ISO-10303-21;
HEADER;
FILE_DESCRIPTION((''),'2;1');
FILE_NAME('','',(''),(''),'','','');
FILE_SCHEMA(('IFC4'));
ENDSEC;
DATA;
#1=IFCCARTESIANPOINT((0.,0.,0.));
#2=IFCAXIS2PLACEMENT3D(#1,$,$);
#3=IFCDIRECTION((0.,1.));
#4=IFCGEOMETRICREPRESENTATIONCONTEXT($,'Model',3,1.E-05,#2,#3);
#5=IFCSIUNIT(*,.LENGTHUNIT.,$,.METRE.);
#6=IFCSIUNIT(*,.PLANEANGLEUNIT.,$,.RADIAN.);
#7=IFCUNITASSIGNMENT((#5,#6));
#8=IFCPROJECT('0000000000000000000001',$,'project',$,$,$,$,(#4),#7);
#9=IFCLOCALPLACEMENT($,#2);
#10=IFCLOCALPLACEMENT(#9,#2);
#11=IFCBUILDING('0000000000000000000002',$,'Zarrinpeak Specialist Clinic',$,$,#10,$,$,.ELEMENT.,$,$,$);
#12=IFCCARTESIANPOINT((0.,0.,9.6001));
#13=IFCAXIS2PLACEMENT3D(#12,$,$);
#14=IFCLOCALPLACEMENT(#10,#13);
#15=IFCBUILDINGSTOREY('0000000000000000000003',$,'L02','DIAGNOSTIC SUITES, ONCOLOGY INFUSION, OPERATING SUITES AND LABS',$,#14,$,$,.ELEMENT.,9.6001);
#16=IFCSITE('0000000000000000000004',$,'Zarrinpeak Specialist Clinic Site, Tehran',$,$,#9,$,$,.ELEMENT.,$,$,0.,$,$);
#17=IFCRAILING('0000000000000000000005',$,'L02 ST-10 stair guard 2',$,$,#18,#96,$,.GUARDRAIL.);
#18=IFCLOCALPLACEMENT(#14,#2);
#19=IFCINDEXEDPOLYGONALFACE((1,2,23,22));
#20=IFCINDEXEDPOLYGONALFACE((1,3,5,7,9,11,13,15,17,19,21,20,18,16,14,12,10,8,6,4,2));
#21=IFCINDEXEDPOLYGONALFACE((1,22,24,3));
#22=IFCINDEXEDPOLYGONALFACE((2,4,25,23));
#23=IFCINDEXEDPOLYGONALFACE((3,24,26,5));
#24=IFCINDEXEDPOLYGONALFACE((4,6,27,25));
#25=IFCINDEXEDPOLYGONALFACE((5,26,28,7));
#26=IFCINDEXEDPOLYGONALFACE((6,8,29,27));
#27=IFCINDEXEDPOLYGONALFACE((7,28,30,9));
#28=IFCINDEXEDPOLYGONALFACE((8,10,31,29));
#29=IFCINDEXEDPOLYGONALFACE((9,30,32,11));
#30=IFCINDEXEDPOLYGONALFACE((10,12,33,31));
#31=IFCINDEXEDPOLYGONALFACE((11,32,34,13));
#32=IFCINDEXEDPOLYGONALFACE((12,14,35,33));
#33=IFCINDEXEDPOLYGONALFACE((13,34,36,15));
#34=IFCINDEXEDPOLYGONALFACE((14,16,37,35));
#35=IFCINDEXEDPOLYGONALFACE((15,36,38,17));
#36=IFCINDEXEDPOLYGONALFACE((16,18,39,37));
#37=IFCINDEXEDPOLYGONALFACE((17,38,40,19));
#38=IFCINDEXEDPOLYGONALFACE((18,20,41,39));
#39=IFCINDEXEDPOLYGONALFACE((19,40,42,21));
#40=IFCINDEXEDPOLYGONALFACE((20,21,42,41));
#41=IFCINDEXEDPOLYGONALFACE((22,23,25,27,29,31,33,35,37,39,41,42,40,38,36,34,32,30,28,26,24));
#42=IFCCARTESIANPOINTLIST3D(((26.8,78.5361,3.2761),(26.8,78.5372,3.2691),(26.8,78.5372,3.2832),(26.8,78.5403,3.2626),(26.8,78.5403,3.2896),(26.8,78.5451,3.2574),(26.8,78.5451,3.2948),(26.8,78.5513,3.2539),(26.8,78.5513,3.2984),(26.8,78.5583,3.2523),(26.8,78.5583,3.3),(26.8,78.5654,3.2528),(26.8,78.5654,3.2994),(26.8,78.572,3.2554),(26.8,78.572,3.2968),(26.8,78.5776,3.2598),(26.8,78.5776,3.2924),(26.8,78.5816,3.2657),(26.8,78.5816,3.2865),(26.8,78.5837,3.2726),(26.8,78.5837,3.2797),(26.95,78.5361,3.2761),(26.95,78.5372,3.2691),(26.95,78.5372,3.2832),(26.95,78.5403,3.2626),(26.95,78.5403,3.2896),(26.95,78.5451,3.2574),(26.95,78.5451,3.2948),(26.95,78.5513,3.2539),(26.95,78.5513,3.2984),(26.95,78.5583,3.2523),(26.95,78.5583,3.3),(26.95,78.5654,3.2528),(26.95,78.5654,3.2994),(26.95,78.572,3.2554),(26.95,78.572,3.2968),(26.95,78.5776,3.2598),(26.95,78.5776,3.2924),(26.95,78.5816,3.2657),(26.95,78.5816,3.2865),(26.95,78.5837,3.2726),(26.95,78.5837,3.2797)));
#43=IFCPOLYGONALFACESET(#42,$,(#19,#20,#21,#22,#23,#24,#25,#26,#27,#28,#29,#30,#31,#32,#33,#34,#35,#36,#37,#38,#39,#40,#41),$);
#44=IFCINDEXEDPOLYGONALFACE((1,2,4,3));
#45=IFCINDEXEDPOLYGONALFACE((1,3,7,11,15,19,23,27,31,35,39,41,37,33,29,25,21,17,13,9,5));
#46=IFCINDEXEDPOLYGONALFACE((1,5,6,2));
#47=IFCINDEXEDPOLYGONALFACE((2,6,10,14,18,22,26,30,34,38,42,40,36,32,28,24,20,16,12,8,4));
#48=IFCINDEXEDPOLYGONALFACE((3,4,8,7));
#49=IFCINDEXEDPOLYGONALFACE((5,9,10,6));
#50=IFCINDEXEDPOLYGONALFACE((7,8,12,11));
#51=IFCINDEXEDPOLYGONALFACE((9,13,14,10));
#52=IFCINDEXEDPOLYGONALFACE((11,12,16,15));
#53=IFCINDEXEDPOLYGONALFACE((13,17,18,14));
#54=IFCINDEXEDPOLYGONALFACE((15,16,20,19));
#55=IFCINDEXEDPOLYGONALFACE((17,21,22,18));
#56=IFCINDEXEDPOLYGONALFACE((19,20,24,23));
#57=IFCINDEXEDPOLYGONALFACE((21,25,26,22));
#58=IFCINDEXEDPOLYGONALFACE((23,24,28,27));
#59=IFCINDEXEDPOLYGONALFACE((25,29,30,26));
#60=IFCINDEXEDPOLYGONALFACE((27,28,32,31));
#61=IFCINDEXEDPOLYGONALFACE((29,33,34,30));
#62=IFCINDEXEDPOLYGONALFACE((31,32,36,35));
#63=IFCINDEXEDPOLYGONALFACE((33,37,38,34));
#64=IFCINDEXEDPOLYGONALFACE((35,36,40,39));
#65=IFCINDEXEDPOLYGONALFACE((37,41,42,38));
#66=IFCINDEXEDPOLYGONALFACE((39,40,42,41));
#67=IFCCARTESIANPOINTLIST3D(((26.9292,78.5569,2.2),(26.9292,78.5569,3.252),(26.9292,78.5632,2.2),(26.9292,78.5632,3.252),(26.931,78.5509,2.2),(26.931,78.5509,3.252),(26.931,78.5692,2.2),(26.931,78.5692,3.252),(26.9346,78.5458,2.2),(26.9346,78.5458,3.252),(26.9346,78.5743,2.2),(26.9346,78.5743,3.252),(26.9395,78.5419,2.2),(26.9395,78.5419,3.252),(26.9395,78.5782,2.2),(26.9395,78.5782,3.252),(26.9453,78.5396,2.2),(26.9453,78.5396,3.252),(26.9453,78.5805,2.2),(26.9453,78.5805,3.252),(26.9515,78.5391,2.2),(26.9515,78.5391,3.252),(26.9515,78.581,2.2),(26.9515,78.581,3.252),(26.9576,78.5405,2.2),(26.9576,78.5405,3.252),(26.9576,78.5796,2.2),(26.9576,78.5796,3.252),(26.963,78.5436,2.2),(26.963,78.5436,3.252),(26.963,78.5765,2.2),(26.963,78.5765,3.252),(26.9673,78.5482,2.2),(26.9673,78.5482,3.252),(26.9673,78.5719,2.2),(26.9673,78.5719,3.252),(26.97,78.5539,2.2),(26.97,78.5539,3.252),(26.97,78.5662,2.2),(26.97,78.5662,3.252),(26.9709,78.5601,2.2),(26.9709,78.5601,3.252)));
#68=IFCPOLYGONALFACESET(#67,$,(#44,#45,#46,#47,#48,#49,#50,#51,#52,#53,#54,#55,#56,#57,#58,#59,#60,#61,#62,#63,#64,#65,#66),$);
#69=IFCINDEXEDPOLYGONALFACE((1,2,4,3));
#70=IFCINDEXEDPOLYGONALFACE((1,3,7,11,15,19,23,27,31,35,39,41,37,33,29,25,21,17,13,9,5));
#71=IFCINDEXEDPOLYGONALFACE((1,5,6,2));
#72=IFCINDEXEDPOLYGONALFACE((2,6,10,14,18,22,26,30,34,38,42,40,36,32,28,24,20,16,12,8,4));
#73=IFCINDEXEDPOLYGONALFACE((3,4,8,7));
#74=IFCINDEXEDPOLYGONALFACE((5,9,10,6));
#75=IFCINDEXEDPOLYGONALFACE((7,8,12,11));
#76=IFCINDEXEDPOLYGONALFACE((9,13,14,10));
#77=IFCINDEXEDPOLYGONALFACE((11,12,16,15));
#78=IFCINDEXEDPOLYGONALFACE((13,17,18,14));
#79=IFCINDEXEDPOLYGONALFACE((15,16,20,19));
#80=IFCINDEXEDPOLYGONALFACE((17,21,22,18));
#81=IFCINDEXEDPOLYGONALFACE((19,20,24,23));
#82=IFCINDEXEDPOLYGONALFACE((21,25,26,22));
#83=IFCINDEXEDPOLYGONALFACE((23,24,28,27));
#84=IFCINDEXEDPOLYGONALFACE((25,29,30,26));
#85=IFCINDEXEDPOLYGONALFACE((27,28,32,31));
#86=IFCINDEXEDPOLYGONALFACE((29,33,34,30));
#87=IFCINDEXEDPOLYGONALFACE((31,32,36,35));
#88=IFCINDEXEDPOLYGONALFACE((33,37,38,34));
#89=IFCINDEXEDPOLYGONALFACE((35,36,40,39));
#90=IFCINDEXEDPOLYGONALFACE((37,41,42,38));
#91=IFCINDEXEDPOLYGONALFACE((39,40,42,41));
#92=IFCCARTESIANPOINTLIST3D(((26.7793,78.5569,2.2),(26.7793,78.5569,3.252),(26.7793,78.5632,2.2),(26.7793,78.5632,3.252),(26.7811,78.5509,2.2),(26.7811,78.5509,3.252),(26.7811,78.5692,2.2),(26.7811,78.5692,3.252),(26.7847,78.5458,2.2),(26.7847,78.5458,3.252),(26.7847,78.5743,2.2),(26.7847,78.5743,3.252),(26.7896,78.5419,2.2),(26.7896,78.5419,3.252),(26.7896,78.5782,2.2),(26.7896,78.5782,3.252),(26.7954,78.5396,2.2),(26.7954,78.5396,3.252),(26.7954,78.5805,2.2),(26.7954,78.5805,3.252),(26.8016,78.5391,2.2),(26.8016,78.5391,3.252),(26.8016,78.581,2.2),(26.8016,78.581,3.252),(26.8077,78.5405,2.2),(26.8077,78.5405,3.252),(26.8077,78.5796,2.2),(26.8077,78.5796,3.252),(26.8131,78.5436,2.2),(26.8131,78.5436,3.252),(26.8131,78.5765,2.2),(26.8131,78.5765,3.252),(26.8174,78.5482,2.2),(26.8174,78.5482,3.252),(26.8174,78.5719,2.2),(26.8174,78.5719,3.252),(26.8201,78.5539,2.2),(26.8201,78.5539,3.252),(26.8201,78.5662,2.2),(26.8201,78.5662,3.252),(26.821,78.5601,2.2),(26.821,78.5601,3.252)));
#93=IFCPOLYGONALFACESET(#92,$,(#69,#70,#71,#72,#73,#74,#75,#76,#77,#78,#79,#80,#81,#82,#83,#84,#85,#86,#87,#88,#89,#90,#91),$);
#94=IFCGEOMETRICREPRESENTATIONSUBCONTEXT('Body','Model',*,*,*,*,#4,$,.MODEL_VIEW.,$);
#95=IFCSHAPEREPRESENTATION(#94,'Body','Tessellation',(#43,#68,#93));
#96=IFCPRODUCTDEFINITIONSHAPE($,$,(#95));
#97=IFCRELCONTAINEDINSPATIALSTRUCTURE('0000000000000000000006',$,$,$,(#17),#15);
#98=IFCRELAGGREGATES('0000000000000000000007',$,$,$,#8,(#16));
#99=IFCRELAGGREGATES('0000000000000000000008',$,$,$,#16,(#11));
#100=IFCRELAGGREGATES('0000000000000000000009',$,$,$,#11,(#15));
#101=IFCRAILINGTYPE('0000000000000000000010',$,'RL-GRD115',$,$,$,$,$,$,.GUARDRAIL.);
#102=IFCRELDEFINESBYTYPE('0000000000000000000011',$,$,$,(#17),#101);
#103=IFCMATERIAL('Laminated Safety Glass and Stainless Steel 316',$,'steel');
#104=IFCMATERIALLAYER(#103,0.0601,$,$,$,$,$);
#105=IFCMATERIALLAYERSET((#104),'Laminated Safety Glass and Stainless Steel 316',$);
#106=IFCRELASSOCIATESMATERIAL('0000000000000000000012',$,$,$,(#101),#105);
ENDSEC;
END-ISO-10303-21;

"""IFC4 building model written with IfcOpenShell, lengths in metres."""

from ifc_helpers import new_model, si_unit, direction, frame, origin, origin_2d, place, context, subcontext, project, spatial, circle, extrude, material, layer, layer_set, type_object, element, save


model = new_model("IFC4")

# Units and contexts
model_context = context("Model", 3, precision=1e-05, world=origin(), true_north=direction((0.0, 1.0)))
body_context = subcontext(model_context, "Body", "Model", "MODEL_VIEW")
ifc_project = project(units=[si_unit("LENGTHUNIT", "METRE"), si_unit("PLANEANGLEUNIT", "RADIAN")], contexts=[model_context])

# Site, building, storey
site_placement = place(None, origin())
site = spatial("IfcSite", under=ifc_project, at=site_placement, Name="Zarrinpeak Specialist Clinic Site, Tehran", CompositionType="ELEMENT", RefElevation=0.0)
building_placement = place(site_placement, origin())
building = spatial("IfcBuilding", under=site, at=building_placement, Name="Zarrinpeak Specialist Clinic", CompositionType="ELEMENT")
storey_placement = place(building_placement, frame((0.0, 0.0, 9.6001)))
storey = spatial("IfcBuildingStorey", under=building, at=storey_placement, Name="L02", Description="DIAGNOSTIC SUITES, ONCOLOGY INFUSION, OPERATING SUITES AND LABS", CompositionType="ELEMENT", Elevation=9.6001)

# Railing
ifc_material_1 = material(Name="Laminated Safety Glass and Stainless Steel 316", Category="steel")
ifc_layer_1 = layer(ifc_material_1, 0.0601)
ifc_layer_set_1 = layer_set([ifc_layer_1], Name="Laminated Safety Glass and Stainless Steel 316")
railing_type_1 = type_object("IfcRailingType", Name="RL-GRD115", PredefinedType="GUARDRAIL", material=ifc_layer_set_1)
railing_1_placement = place(storey_placement, frame((26.95, 78.5601, 2.2)))
element("IfcRailing", 1, at=railing_1_placement, inside=storey, type_object=railing_type_1, Name="L02 ST-10 stair guard 2", PredefinedType="GUARDRAIL", context=body_context, shape_type="SweptSolid", body=[
    extrude(circle(Radius=0.0239, at=origin_2d()), frame((0.0, 0.0, 1.0762), z_axis=(-1.0, 0.0, 0.0), x_axis=(0.0, -1.0, 0.0)), (0.0, 0.0, 1.0), 0.1499),
    extrude(circle(Radius=0.021, at=origin_2d()), origin(), (0.0, 0.0, 1.0), 1.052),
    extrude(circle(Radius=0.021, at=origin_2d()), frame((-0.1499, 0.0, 0.0)), (0.0, 0.0, 1.0), 1.052),
])

save(model, "model.ifc")
